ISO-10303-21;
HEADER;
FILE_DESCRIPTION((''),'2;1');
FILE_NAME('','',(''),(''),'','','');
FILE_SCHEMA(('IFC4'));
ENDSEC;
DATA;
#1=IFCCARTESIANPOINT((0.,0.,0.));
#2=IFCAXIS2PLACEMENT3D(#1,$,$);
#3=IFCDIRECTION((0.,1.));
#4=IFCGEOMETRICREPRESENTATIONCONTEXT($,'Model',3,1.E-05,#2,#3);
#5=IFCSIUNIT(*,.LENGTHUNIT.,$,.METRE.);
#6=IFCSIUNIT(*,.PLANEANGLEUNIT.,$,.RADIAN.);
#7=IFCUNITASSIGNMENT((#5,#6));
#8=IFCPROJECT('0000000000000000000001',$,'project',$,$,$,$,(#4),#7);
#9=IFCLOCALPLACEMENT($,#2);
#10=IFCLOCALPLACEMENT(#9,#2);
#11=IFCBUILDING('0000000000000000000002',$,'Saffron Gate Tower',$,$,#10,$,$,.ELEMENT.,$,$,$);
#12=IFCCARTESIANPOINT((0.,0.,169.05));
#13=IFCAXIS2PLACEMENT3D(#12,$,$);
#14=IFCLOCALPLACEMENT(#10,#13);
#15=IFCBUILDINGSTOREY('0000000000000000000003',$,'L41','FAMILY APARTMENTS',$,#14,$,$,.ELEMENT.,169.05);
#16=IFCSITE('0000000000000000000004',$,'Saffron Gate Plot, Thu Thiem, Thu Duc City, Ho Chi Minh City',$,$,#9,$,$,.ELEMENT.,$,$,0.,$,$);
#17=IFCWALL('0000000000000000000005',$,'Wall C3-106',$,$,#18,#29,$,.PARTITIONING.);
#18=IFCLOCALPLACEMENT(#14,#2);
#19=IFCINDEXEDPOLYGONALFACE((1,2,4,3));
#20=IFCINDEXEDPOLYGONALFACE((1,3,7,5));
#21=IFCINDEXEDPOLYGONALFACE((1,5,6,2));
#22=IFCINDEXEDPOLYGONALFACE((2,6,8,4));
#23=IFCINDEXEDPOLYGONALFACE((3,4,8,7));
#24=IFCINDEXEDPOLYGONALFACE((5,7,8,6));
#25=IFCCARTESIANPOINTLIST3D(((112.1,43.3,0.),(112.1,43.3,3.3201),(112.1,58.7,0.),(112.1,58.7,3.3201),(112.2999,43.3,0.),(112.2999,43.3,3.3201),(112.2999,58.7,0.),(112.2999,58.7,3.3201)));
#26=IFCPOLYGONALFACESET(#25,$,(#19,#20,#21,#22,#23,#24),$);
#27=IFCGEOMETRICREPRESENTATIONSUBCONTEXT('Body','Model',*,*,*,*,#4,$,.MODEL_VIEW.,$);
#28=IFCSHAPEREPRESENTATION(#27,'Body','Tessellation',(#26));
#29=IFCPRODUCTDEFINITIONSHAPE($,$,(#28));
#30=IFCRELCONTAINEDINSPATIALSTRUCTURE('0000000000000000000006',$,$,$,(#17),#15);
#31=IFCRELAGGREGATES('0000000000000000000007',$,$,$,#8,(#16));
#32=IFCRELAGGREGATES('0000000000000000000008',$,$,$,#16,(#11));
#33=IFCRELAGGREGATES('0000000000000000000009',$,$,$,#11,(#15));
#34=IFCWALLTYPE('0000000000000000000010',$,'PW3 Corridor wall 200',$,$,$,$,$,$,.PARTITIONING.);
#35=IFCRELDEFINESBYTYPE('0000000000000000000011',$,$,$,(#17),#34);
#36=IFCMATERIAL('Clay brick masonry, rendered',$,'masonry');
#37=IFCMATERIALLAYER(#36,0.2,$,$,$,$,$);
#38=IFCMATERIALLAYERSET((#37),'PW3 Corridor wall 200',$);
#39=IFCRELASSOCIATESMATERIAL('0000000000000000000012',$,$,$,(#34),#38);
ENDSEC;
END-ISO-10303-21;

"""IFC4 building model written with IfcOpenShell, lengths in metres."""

from ifc_helpers import new_model, si_unit, direction, frame, frame_2d, origin, place, context, subcontext, project, spatial, rectangle, extrude, material, layer, layer_set, type_object, element, save


model = new_model("IFC4")

# Units and contexts
model_context = context("Model", 3, precision=1e-05, world=origin(), true_north=direction((0.0, 1.0)))
body_context = subcontext(model_context, "Body", "Model", "MODEL_VIEW")
ifc_project = project(units=[si_unit("LENGTHUNIT", "METRE"), si_unit("PLANEANGLEUNIT", "RADIAN")], contexts=[model_context])

# Site, building, storey
site_placement = place(None, origin())
site = spatial("IfcSite", under=ifc_project, at=site_placement, Name="Saffron Gate Plot, Thu Thiem, Thu Duc City, Ho Chi Minh City", CompositionType="ELEMENT", RefElevation=0.0)
building_placement = place(site_placement, origin())
building = spatial("IfcBuilding", under=site, at=building_placement, Name="Saffron Gate Tower", CompositionType="ELEMENT")
storey_placement = place(building_placement, frame((0.0, 0.0, 169.05)))
storey = spatial("IfcBuildingStorey", under=building, at=storey_placement, Name="L41", Description="FAMILY APARTMENTS", CompositionType="ELEMENT", Elevation=169.05)

# Shared definitions
ifc_material_1 = material(Name="Clay brick masonry, rendered", Category="masonry")
ifc_layer_1 = layer(ifc_material_1, 0.2)
ifc_layer_set_1 = layer_set([ifc_layer_1], Name="PW3 Corridor wall 200")
wall_type_1 = type_object("IfcWallType", Name="PW3 Corridor wall 200", PredefinedType="PARTITIONING", material=ifc_layer_set_1)

# Wall
wall_1_placement = place(storey_placement, frame((112.2, 58.7, 0.0), z_axis=(0.0, 0.0, 1.0), x_axis=(0.0, -1.0, 0.0)))
element("IfcWall", 1, at=wall_1_placement, inside=storey, type_object=wall_type_1, Name="Wall C3-106", PredefinedType="PARTITIONING", context=body_context, shape_type="SweptSolid", body=[
    extrude(rectangle(XDim=15.3999, YDim=0.2, at=frame_2d((7.7, 0.0))), origin(), (0.0, 0.0, 1.0), 3.3201),
])

save(model, "model.ifc")
